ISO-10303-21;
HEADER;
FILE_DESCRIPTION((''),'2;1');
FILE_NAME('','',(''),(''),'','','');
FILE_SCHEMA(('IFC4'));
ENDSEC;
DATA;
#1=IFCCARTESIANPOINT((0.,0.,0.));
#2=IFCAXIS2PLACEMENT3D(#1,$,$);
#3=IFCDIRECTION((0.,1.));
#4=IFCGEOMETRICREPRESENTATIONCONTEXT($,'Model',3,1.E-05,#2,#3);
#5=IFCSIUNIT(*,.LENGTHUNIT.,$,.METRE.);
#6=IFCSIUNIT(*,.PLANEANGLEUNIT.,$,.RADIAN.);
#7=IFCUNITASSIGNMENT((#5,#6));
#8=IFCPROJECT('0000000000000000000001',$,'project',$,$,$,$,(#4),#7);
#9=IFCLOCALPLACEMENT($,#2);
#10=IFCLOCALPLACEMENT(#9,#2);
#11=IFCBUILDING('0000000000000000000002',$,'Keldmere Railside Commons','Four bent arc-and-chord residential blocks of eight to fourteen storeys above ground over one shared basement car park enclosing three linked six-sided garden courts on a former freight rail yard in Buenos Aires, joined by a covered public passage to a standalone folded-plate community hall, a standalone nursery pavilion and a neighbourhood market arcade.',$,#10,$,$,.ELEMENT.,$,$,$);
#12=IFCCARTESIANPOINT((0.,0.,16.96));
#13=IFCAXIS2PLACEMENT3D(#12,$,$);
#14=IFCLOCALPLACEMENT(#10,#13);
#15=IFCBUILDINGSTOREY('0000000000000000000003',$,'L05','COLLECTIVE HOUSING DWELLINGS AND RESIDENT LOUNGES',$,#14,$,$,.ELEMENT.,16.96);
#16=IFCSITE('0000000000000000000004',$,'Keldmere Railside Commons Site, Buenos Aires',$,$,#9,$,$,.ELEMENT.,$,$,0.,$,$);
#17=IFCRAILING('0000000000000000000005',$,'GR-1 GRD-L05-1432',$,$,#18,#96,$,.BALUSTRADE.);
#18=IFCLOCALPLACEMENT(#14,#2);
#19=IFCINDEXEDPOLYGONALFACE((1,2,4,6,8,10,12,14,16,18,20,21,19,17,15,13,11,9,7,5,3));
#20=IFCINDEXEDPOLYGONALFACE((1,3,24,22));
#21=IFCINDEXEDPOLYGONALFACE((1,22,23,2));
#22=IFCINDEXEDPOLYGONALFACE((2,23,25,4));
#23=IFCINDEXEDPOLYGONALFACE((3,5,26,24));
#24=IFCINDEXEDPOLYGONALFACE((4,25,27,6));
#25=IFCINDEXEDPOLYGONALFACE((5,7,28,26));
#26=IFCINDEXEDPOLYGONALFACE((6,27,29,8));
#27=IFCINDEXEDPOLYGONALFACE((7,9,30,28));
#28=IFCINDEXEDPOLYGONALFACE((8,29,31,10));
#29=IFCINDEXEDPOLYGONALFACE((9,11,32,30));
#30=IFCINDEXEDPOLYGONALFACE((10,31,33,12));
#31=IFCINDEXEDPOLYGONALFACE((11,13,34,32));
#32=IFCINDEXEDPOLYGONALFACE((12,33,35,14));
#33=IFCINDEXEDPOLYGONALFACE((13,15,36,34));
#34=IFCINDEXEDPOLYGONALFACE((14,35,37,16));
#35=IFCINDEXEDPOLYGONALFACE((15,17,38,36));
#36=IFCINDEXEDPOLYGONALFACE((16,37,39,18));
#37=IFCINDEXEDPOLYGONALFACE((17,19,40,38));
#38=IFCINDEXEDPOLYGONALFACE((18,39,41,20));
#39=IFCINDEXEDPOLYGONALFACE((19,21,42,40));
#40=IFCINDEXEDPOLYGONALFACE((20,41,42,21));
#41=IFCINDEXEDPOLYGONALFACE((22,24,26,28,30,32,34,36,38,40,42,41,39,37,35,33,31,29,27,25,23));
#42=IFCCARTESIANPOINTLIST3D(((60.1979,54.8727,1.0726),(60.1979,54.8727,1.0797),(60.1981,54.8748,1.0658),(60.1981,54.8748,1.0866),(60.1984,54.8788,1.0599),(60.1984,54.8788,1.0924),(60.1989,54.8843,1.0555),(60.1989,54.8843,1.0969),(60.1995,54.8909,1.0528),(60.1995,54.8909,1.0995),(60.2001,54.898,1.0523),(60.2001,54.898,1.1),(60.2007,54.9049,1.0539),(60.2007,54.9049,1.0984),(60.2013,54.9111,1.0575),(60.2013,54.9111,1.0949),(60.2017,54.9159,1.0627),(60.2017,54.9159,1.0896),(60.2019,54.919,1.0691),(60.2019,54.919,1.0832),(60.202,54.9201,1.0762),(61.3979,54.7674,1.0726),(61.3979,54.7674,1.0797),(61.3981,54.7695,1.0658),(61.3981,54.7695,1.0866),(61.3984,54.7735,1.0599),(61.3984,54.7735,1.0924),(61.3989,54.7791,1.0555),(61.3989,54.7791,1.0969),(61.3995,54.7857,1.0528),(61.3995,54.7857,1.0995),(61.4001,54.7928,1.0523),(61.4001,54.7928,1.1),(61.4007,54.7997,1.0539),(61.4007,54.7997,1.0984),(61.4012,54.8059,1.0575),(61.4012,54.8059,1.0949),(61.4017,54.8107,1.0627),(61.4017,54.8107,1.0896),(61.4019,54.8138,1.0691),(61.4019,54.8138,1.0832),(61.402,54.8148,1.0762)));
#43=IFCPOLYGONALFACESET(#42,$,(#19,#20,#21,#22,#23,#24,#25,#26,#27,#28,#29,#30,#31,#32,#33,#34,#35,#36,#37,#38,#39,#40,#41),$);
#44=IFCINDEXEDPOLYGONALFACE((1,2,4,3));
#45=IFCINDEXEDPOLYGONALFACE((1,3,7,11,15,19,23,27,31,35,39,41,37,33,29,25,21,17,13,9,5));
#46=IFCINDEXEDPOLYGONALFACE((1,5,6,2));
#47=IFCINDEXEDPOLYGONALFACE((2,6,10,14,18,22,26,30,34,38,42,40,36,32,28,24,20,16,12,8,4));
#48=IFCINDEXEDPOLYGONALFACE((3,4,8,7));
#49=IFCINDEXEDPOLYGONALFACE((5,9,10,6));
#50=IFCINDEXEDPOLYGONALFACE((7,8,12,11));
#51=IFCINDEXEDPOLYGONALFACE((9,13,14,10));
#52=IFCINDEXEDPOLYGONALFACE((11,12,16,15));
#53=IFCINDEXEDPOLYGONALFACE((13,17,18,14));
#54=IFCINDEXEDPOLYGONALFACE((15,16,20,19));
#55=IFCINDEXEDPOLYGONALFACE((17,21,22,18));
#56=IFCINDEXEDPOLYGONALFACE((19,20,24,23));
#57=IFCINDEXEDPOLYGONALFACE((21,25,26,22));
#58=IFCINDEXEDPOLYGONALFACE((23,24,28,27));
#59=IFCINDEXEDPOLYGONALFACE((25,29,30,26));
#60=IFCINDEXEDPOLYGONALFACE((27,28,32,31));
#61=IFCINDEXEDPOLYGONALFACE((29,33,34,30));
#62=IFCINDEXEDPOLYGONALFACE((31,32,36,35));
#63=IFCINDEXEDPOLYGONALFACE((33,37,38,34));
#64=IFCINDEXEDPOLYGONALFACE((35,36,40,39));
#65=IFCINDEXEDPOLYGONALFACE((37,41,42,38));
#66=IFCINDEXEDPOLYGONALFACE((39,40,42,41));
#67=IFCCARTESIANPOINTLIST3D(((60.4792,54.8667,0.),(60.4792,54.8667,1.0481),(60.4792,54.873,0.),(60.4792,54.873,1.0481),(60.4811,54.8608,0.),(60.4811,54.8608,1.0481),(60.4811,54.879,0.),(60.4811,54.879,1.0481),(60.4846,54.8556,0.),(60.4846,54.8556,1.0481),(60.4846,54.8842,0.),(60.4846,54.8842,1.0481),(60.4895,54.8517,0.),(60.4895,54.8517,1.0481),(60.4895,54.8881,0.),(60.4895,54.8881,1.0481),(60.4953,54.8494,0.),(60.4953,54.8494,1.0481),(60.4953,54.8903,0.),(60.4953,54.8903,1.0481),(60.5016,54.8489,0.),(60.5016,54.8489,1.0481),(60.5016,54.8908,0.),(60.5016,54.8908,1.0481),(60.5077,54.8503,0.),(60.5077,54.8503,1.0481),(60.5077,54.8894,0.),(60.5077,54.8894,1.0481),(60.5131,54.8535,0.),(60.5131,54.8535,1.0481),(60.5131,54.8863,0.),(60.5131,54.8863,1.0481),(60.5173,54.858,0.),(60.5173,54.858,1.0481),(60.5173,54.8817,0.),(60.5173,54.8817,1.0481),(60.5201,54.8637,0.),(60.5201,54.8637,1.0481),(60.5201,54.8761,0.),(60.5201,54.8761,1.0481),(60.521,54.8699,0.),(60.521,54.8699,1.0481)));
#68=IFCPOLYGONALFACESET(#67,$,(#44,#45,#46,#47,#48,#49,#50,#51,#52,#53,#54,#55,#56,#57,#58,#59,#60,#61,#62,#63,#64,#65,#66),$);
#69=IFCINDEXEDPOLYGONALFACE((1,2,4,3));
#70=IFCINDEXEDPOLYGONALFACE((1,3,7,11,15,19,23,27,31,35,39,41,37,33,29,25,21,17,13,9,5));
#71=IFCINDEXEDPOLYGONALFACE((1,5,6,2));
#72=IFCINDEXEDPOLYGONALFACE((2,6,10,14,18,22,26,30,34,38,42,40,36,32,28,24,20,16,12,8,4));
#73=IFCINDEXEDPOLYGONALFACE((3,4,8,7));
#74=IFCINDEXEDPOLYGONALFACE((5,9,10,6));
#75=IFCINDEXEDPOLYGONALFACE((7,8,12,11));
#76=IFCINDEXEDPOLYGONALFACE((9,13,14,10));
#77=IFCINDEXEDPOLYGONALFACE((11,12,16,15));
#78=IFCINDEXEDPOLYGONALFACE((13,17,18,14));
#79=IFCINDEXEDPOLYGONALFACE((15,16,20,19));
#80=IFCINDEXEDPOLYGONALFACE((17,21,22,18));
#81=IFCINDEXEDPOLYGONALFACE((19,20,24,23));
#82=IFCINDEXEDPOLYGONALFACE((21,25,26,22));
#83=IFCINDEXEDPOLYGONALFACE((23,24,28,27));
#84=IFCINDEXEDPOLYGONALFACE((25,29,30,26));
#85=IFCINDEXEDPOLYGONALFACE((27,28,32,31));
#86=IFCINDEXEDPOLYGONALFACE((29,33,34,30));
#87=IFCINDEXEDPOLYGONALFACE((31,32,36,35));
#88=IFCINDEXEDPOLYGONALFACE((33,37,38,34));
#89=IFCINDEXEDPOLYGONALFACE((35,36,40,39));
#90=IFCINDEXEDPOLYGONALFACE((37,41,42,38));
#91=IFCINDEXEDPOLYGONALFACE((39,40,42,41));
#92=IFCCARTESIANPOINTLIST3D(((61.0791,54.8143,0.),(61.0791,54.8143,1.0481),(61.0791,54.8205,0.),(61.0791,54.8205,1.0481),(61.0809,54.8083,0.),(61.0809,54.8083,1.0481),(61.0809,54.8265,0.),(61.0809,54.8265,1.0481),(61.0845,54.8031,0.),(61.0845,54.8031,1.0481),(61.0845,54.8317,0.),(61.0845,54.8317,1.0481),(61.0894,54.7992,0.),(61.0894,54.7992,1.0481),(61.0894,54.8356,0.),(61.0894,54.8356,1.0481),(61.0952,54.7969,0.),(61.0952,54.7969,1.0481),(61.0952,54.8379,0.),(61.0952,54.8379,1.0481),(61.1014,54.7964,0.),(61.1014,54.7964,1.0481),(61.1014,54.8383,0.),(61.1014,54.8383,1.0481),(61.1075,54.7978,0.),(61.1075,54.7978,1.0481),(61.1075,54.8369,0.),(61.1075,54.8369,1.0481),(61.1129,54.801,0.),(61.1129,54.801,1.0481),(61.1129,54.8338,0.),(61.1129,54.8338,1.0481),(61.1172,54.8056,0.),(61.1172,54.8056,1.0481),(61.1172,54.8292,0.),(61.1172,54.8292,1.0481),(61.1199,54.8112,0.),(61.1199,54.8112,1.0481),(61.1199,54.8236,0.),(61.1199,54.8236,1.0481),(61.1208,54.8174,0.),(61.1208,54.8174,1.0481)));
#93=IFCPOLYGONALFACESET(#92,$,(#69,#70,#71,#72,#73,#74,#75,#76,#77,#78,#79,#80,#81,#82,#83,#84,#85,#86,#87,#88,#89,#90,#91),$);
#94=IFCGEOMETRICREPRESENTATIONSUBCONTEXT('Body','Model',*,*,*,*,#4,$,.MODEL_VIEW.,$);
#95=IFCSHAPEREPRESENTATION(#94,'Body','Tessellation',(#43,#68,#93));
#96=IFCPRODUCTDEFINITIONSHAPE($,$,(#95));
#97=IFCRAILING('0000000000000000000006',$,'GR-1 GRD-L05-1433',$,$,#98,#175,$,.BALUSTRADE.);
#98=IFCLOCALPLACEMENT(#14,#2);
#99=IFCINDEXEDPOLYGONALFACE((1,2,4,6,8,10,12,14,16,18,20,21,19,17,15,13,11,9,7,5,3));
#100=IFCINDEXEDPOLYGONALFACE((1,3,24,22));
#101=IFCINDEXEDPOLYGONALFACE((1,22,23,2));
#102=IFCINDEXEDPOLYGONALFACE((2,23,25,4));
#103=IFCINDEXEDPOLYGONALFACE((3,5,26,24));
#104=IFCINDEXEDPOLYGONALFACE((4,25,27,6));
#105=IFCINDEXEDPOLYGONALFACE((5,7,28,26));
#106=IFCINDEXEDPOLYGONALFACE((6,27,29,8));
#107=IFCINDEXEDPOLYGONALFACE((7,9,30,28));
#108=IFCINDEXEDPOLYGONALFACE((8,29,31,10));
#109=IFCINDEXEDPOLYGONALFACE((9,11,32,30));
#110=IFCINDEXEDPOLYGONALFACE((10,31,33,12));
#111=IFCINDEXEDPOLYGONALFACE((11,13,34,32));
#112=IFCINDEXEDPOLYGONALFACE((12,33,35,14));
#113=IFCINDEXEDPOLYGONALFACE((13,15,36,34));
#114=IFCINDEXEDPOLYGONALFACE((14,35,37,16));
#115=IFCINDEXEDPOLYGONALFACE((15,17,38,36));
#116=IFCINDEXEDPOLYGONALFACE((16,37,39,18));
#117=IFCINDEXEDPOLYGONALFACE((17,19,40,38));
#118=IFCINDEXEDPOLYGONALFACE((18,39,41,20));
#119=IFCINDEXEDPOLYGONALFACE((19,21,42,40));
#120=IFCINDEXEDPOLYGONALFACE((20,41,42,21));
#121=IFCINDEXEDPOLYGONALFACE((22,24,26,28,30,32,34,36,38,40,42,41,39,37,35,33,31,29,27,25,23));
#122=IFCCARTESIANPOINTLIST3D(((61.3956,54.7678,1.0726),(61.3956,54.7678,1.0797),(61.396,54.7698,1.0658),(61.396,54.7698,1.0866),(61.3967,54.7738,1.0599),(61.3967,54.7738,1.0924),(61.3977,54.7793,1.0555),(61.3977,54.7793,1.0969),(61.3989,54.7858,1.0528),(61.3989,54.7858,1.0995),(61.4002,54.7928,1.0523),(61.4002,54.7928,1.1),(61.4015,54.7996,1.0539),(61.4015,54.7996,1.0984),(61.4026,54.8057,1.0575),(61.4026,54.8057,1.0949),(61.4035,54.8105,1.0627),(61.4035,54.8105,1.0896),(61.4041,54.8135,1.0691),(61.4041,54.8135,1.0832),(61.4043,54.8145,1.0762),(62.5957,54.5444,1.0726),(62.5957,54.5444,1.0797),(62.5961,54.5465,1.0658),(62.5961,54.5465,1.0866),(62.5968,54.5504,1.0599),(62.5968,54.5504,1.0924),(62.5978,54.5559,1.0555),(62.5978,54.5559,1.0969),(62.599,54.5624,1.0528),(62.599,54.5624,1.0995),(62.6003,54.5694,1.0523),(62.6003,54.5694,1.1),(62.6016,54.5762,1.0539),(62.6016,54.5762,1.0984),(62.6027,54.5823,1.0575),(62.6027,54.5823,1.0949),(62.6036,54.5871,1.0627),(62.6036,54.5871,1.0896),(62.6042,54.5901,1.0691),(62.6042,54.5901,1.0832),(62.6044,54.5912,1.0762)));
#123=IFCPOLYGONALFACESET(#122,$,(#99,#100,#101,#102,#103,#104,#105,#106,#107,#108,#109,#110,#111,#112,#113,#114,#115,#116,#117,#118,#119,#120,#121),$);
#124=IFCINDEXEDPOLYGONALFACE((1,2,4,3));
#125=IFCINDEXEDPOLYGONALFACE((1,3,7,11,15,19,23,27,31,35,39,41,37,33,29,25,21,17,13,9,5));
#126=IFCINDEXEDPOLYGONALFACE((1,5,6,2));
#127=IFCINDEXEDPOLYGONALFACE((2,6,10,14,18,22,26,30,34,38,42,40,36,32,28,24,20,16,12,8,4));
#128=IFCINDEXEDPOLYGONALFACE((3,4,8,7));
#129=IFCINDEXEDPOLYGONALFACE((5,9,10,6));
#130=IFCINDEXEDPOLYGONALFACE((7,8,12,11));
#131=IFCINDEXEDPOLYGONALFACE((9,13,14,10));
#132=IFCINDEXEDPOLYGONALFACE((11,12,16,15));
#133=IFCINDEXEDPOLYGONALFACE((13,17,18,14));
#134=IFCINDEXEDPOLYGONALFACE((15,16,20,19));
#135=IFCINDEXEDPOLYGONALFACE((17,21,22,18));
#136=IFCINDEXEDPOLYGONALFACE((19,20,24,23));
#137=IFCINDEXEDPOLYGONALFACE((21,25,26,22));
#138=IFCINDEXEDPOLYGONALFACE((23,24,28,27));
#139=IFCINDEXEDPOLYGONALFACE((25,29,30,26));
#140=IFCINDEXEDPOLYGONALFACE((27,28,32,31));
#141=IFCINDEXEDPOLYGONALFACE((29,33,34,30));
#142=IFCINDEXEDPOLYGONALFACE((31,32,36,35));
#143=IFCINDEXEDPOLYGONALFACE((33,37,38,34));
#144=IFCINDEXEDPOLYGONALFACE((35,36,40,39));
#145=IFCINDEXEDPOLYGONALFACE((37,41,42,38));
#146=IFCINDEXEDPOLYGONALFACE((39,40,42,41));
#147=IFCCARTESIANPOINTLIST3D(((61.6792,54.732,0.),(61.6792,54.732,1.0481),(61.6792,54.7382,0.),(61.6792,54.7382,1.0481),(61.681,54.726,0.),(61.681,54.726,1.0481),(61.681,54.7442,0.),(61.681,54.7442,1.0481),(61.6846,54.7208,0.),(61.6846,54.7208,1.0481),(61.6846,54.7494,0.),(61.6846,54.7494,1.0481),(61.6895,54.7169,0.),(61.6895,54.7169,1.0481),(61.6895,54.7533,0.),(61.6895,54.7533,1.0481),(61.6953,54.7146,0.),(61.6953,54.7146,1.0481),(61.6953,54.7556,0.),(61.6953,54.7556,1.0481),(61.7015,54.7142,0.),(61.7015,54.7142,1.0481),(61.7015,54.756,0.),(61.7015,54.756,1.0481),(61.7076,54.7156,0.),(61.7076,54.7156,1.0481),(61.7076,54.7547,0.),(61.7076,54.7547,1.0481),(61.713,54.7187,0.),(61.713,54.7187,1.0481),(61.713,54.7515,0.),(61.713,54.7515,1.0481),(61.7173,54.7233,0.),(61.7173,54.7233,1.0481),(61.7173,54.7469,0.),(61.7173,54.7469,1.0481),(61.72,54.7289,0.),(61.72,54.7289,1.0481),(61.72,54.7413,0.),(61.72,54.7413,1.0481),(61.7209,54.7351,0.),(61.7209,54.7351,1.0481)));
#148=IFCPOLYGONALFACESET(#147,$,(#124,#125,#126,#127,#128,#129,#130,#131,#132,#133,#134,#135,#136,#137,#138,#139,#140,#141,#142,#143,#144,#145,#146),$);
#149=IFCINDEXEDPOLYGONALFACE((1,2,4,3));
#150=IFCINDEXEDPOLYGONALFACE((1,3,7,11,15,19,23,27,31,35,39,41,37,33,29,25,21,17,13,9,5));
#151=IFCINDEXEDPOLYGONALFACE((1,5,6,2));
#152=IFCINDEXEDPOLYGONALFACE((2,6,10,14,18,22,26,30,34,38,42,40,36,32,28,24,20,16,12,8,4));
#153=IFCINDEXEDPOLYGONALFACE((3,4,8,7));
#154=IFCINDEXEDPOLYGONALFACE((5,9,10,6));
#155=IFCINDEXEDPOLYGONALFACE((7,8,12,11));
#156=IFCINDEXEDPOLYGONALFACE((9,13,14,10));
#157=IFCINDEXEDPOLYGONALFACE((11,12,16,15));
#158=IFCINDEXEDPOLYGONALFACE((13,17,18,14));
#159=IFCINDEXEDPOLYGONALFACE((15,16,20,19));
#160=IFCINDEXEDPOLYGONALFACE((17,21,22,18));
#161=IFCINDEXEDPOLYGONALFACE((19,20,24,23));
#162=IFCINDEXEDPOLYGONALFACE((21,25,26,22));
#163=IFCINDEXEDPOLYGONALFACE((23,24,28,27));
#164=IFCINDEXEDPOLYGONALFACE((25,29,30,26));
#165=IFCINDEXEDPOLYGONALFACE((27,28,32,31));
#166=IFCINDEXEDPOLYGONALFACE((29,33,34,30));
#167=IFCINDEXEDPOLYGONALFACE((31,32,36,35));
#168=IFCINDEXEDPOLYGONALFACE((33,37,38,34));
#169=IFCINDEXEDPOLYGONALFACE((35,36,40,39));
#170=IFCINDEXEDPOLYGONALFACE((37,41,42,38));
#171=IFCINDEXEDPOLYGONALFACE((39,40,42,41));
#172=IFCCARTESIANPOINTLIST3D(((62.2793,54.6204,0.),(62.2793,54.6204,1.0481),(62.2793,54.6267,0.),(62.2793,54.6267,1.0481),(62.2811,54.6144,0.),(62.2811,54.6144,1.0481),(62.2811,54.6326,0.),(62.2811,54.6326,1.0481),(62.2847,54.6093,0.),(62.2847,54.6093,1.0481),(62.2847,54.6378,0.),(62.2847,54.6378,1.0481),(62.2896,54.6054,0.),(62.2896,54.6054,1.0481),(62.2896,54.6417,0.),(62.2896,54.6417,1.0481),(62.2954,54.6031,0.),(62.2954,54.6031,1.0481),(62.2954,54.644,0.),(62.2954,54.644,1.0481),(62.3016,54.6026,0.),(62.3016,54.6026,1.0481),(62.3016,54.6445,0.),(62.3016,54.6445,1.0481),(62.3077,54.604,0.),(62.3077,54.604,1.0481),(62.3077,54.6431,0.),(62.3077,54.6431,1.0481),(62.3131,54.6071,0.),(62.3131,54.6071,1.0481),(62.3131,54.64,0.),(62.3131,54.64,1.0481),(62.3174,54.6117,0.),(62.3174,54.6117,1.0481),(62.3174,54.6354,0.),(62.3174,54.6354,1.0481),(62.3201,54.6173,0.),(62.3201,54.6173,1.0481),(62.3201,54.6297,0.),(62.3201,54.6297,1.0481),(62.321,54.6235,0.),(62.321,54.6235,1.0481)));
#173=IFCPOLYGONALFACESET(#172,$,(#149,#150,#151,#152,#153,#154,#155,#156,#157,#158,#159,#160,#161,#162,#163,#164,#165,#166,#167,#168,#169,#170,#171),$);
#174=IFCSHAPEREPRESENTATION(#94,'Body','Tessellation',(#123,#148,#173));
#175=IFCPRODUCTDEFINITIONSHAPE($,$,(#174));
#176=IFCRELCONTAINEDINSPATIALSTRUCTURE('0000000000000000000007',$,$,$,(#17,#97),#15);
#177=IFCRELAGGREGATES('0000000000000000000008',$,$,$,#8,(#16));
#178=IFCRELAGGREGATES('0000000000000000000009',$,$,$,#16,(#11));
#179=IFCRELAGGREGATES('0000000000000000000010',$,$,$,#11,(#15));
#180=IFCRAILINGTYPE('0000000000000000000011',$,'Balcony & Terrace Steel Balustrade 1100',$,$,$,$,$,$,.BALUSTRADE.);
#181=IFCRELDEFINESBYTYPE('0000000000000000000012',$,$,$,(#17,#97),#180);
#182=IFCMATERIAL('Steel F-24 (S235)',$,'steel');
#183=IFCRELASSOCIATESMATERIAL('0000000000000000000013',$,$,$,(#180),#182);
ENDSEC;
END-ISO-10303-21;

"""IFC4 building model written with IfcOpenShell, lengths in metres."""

from ifc_helpers import new_model, si_unit, direction, frame, origin, origin_2d, place, context, subcontext, project, spatial, circle, extrude, material, type_object, element, save


model = new_model("IFC4")

# Units and contexts
model_context = context("Model", 3, precision=1e-05, world=origin(), true_north=direction((0.0, 1.0)))
body_context = subcontext(model_context, "Body", "Model", "MODEL_VIEW")
ifc_project = project(units=[si_unit("LENGTHUNIT", "METRE"), si_unit("PLANEANGLEUNIT", "RADIAN")], contexts=[model_context])

# Site, building, storey
site_placement = place(None, origin())
site = spatial("IfcSite", under=ifc_project, at=site_placement, Name="Keldmere Railside Commons Site, Buenos Aires", CompositionType="ELEMENT", RefElevation=0.0)
building_placement = place(site_placement, origin())
building = spatial("IfcBuilding", under=site, at=building_placement, Name="Keldmere Railside Commons", Description="Four bent arc-and-chord residential blocks of eight to fourteen storeys above ground over one shared basement car park enclosing three linked six-sided garden courts on a former freight rail yard in Buenos Aires, joined by a covered public passage to a standalone folded-plate community hall, a standalone nursery pavilion and a neighbourhood market arcade.", CompositionType="ELEMENT")
storey_placement = place(building_placement, frame((0.0, 0.0, 16.96)))
storey = spatial("IfcBuildingStorey", under=building, at=storey_placement, Name="L05", Description="COLLECTIVE HOUSING DWELLINGS AND RESIDENT LOUNGES", CompositionType="ELEMENT", Elevation=16.96)

# Railings
ifc_material_1 = material(Name="Steel F-24 (S235)", Category="steel")
railing_type = type_object("IfcRailingType", Name="Balcony & Terrace Steel Balustrade 1100", PredefinedType="BALUSTRADE", material=ifc_material_1)
railing_1_placement = place(storey_placement, frame((60.2, 54.8962, 0.0)))
element("IfcRailing", 1, at=railing_1_placement, inside=storey, type_object=railing_type, Name="GR-1 GRD-L05-1432", PredefinedType="BALUSTRADE", context=body_context, shape_type="SweptSolid", body=[
    extrude(circle(Radius=0.0239, at=origin_2d()), frame((0.0, 0.0, 1.0762), z_axis=(0.996177, -0.087356, 0.0), x_axis=(0.087356, 0.996177, 0.0)), (0.0, 0.0, 1.0), 1.2046),
    extrude(circle(Radius=0.021, at=origin_2d()), frame((0.3, -0.0264, 0.0)), (0.0, 0.0, 1.0), 1.0481),
    extrude(circle(Radius=0.021, at=origin_2d()), frame((0.8999, -0.0789, 0.0)), (0.0, 0.0, 1.0), 1.0481),
])
railing_2_placement = place(storey_placement, frame((61.3999, 54.791, 0.0)))
element("IfcRailing", 2, at=railing_2_placement, inside=storey, type_object=railing_type, Name="GR-1 GRD-L05-1433", PredefinedType="BALUSTRADE", context=body_context, shape_type="SweptSolid", body=[
    extrude(circle(Radius=0.0239, at=origin_2d()), frame((0.0, 0.0, 1.0762), z_axis=(0.983116, -0.182984, 0.0), x_axis=(0.182984, 0.983116, 0.0)), (0.0, 0.0, 1.0), 1.2207),
    extrude(circle(Radius=0.021, at=origin_2d()), frame((0.3, -0.0559, 0.0)), (0.0, 0.0, 1.0), 1.0481),
    extrude(circle(Radius=0.021, at=origin_2d()), frame((0.9001, -0.1675, 0.0)), (0.0, 0.0, 1.0), 1.0481),
])

save(model, "model.ifc")
